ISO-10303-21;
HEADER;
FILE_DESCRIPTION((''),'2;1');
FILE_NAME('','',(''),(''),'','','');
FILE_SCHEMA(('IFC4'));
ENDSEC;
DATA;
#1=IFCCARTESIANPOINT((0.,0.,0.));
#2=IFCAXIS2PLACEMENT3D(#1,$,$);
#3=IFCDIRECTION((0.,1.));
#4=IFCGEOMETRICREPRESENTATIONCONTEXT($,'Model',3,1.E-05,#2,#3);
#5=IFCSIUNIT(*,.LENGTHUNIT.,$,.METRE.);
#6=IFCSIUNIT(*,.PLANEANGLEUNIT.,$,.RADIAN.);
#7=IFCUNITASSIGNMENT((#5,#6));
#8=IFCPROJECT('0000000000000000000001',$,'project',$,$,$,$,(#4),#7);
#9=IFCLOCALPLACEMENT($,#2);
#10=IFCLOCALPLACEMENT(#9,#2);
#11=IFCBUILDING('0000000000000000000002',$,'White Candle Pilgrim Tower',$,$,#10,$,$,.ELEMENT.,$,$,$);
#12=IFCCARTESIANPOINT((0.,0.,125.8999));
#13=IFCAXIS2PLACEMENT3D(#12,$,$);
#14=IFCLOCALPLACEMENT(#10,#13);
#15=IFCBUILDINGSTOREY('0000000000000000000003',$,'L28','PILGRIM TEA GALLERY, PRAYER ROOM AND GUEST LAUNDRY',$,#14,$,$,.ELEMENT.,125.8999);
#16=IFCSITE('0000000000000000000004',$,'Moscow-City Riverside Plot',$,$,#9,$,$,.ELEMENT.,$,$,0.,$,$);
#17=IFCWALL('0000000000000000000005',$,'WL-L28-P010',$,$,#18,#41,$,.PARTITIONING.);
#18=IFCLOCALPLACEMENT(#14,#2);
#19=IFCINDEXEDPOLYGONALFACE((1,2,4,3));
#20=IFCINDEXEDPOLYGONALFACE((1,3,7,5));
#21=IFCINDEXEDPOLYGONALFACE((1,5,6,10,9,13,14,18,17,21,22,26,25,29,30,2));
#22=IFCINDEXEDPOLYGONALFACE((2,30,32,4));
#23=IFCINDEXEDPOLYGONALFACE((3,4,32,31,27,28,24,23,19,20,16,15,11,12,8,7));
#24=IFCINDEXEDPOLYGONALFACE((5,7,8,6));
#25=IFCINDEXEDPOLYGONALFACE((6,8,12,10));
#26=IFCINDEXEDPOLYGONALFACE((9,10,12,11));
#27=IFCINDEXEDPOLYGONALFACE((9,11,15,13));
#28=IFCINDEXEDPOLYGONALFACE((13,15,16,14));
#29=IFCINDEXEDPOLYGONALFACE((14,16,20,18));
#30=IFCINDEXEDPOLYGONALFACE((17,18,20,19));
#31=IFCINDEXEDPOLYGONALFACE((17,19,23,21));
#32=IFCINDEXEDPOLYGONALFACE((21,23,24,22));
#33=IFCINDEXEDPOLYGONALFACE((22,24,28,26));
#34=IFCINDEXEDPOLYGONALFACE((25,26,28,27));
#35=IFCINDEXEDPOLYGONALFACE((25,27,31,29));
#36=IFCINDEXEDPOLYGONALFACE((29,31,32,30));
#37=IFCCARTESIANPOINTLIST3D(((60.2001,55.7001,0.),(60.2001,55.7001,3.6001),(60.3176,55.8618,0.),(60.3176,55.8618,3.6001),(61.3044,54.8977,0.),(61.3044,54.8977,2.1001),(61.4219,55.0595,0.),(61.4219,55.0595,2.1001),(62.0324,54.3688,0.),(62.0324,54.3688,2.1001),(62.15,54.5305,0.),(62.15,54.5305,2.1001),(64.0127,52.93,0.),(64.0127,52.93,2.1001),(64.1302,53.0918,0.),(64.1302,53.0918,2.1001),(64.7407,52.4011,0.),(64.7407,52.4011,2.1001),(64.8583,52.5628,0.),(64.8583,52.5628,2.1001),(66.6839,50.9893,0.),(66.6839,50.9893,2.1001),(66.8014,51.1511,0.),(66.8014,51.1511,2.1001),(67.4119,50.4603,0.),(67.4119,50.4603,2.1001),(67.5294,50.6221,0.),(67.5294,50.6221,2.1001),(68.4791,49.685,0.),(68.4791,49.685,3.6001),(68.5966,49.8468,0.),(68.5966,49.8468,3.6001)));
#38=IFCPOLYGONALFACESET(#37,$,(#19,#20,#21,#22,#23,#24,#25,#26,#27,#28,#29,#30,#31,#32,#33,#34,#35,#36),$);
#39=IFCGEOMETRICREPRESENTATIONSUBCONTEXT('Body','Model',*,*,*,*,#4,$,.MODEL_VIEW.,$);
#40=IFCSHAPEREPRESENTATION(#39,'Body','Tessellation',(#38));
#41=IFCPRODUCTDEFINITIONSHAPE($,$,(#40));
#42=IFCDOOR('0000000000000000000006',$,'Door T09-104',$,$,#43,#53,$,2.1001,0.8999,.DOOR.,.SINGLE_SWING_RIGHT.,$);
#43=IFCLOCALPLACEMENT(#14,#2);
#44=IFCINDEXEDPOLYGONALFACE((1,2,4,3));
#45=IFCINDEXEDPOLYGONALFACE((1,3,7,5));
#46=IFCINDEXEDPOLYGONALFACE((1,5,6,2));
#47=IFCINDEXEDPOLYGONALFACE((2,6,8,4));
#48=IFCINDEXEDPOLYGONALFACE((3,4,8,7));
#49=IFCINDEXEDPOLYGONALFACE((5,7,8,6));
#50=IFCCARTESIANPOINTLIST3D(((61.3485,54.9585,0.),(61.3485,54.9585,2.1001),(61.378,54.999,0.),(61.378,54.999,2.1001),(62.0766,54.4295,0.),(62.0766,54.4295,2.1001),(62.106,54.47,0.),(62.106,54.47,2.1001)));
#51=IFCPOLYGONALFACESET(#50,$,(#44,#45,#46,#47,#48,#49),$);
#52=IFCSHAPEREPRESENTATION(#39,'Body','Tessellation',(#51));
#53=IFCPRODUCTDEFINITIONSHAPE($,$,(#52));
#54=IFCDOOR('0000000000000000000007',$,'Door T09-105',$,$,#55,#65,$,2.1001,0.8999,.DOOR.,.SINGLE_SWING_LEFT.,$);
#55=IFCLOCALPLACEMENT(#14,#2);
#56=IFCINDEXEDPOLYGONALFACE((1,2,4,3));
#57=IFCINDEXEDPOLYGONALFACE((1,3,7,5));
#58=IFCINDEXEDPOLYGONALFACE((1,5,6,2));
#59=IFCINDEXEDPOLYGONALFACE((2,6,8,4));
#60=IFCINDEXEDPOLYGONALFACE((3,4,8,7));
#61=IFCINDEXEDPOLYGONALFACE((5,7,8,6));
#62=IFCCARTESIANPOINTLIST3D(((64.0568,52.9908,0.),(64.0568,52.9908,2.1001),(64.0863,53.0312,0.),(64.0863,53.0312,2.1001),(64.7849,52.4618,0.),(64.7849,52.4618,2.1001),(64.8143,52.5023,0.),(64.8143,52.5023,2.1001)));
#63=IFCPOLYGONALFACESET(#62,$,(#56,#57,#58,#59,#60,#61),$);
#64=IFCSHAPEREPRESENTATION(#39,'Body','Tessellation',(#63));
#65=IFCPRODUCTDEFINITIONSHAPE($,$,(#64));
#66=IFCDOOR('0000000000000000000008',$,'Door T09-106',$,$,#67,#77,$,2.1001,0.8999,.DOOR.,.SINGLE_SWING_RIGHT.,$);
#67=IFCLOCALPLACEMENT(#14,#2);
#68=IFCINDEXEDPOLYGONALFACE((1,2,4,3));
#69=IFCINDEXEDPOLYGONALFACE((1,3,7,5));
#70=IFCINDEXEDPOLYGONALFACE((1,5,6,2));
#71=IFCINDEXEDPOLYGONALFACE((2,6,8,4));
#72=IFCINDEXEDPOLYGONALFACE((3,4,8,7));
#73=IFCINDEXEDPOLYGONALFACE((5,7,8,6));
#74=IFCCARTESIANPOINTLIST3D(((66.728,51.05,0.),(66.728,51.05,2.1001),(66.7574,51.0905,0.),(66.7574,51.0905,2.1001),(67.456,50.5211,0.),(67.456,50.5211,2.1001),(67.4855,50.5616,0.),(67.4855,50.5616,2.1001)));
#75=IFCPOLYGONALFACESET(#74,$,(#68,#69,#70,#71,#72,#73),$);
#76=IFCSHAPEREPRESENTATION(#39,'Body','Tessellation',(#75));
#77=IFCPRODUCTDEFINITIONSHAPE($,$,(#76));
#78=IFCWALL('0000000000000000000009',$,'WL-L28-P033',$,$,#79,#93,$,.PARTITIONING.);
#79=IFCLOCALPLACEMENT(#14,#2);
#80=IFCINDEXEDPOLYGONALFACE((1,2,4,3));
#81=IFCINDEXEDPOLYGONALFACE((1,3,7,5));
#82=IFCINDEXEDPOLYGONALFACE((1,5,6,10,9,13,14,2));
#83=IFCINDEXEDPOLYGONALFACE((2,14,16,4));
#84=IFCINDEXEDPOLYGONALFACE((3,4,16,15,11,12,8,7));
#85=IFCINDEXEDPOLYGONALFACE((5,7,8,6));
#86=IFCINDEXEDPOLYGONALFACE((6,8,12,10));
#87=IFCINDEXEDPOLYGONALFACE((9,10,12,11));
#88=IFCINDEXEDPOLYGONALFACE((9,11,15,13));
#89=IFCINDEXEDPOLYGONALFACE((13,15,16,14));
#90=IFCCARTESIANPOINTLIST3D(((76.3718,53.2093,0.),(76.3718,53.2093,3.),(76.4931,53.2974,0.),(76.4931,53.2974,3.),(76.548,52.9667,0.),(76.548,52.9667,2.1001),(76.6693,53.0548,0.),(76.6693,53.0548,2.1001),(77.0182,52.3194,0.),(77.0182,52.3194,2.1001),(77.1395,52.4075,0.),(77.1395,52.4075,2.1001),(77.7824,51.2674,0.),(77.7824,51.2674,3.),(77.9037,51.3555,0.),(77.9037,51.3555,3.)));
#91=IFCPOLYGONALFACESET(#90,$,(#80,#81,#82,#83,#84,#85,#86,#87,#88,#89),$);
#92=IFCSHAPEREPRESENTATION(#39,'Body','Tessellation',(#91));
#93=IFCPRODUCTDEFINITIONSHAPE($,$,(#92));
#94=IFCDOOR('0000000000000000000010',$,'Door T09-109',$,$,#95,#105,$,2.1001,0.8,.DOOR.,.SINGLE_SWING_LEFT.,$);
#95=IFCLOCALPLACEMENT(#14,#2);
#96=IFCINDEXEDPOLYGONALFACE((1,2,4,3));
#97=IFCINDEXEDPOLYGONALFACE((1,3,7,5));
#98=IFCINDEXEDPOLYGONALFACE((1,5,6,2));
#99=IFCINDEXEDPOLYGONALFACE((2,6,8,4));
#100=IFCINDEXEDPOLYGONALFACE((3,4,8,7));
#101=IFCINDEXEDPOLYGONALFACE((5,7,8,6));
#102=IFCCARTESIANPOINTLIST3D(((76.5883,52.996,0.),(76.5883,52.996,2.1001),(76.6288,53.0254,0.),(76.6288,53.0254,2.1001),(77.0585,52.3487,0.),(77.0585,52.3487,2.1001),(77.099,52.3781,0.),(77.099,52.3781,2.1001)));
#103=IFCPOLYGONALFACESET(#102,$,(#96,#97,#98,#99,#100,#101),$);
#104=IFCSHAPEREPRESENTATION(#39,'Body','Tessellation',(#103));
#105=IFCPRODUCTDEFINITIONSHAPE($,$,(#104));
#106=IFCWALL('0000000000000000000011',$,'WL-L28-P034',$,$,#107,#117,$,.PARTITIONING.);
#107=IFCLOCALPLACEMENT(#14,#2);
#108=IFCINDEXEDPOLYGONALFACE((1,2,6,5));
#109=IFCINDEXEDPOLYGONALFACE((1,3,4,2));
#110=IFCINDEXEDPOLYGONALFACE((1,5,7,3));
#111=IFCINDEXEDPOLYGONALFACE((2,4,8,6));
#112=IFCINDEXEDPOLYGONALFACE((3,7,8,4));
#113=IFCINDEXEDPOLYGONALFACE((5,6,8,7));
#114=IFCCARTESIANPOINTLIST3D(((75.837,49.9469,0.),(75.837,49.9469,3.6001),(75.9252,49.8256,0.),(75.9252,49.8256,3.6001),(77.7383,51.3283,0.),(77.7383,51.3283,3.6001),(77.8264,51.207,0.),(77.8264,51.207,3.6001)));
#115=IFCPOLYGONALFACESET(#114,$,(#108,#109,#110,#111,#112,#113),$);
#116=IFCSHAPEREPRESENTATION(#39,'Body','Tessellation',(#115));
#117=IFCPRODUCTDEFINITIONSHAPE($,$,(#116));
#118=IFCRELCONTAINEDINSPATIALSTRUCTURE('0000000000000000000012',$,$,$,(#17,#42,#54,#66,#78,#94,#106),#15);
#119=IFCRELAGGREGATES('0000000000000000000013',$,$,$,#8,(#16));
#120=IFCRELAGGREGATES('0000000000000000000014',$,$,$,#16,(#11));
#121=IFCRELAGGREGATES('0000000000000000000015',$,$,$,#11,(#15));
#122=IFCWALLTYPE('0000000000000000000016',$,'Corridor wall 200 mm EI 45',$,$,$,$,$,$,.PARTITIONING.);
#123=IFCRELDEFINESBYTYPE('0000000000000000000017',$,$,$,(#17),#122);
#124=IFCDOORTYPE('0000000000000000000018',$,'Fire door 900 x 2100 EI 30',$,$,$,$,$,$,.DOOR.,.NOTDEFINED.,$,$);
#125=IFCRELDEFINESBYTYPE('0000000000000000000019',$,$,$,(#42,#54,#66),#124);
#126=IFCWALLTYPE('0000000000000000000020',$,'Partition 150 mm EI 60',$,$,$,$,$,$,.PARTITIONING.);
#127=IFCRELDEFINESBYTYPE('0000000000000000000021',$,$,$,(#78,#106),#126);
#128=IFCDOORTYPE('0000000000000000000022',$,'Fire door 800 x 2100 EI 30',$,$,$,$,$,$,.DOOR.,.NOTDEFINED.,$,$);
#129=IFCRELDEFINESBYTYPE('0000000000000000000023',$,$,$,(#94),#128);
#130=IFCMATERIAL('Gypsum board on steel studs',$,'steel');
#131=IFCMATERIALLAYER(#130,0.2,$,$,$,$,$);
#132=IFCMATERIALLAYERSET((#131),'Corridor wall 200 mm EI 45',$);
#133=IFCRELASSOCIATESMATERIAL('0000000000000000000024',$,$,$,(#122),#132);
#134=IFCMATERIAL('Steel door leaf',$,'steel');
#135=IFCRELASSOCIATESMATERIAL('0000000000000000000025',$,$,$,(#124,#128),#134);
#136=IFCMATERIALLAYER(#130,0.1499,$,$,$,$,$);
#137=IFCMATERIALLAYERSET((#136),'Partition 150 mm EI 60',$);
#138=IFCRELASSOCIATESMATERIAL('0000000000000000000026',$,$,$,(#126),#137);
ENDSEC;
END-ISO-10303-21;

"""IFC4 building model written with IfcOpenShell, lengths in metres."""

from ifc_helpers import new_model, si_unit, direction, frame, frame_2d, origin, place, context, subcontext, project, spatial, rectangle, extrude, material, layer, layer_set, type_object, element, fill, save


model = new_model("IFC4")

# Units and contexts
model_context = context("Model", 3, precision=1e-05, world=origin(), true_north=direction((0.0, 1.0)))
body_context = subcontext(model_context, "Body", "Model", "MODEL_VIEW")
ifc_project = project(units=[si_unit("LENGTHUNIT", "METRE"), si_unit("PLANEANGLEUNIT", "RADIAN")], contexts=[model_context])

# Site, building, storey
site_placement = place(None, origin())
site = spatial("IfcSite", under=ifc_project, at=site_placement, Name="Moscow-City Riverside Plot", CompositionType="ELEMENT", RefElevation=0.0)
building_placement = place(site_placement, origin())
building = spatial("IfcBuilding", under=site, at=building_placement, Name="White Candle Pilgrim Tower", CompositionType="ELEMENT")
storey_placement = place(building_placement, frame((0.0, 0.0, 125.8999)))
storey = spatial("IfcBuildingStorey", under=building, at=storey_placement, Name="L28", Description="PILGRIM TEA GALLERY, PRAYER ROOM AND GUEST LAUNDRY", CompositionType="ELEMENT", Elevation=125.8999)

# Shared definitions
ifc_material_1 = material(Name="Gypsum board on steel studs", Category="steel")
ifc_layer_1 = layer(ifc_material_1, 0.2)
ifc_layer_set_1 = layer_set([ifc_layer_1], Name="Corridor wall 200 mm EI 45")
wall_type_1 = type_object("IfcWallType", Name="Corridor wall 200 mm EI 45", PredefinedType="PARTITIONING", material=ifc_layer_set_1)
ifc_material_2 = material(Name="Steel door leaf", Category="steel")
door_type_1 = type_object("IfcDoorType", Name="Fire door 900 x 2100 EI 30", OperationType="NOTDEFINED", PredefinedType="DOOR", material=ifc_material_2)

# Wall, openings, doors
wall_1_placement = place(storey_placement, frame((68.5378, 49.7659, 0.0), z_axis=(0.0, 0.0, 1.0), x_axis=(-0.809015, 0.587789, 0.0)))
wall_1 = element("IfcWall", 1, at=wall_1_placement, inside=storey, type_object=wall_type_1, Name="WL-L28-P010", PredefinedType="PARTITIONING", context=body_context, shape_type="SweptSolid", body=[
    extrude(rectangle(XDim=10.2334, YDim=0.2, at=frame_2d((5.1167, 0.0))), origin(), (0.0, 0.0, 1.0), 3.6001),
])
opening_1_placement = place(wall_1_placement, frame((7.9685, 0.0, 0.0)))
opening_1 = element("IfcOpeningElement", 2, at=opening_1_placement, cuts=wall_1, PredefinedType="OPENING", context=body_context, shape_type="SweptSolid", body=[
    extrude(rectangle(XDim=0.8999, YDim=2.1001, at=frame_2d((0.45, 1.05))), frame((0.0, 0.1099, 0.0), z_axis=(0.0, -1.0, 0.0), x_axis=(1.0, 0.0, 0.0)), (0.0, 0.0, 1.0), 0.22),
])
opening_2_placement = place(wall_1_placement, frame((4.6208, 0.0, 0.0)))
opening_2 = element("IfcOpeningElement", 3, at=opening_2_placement, cuts=wall_1, PredefinedType="OPENING", context=body_context, shape_type="SweptSolid", body=[
    extrude(rectangle(XDim=0.8999, YDim=2.1001, at=frame_2d((0.45, 1.05))), frame((0.0, 0.1099, 0.0), z_axis=(0.0, -1.0, 0.0), x_axis=(1.0, 0.0, 0.0)), (0.0, 0.0, 1.0), 0.22),
])
opening_3_placement = place(wall_1_placement, frame((1.3191, 0.0, 0.0)))
opening_3 = element("IfcOpeningElement", 4, at=opening_3_placement, cuts=wall_1, PredefinedType="OPENING", context=body_context, shape_type="SweptSolid", body=[
    extrude(rectangle(XDim=0.8999, YDim=2.1001, at=frame_2d((0.45, 1.05))), frame((0.0, 0.1099, 0.0), z_axis=(0.0, -1.0, 0.0), x_axis=(1.0, 0.0, 0.0)), (0.0, 0.0, 1.0), 0.22),
])
door_1_placement = place(opening_1_placement, origin())
door_1 = element("IfcDoor", 5, at=door_1_placement, inside=storey, type_object=door_type_1, Name="Door T09-104", OperationType="SINGLE_SWING_RIGHT", OverallHeight=2.1001, OverallWidth=0.8999, PredefinedType="DOOR", context=body_context, shape_type="SweptSolid", body=[
    extrude(rectangle(XDim=0.8999, YDim=2.1001, at=frame_2d((0.45, 1.05))), frame((0.0, 0.0249, 0.0), z_axis=(0.0, -1.0, 0.0), x_axis=(1.0, 0.0, 0.0)), (0.0, 0.0, 1.0), 0.05),
])
fill(opening_1, door_1)
door_2_placement = place(opening_2_placement, origin())
door_2 = element("IfcDoor", 6, at=door_2_placement, inside=storey, type_object=door_type_1, Name="Door T09-105", OperationType="SINGLE_SWING_LEFT", OverallHeight=2.1001, OverallWidth=0.8999, PredefinedType="DOOR", context=body_context, shape_type="SweptSolid", body=[
    extrude(rectangle(XDim=0.8999, YDim=2.1001, at=frame_2d((0.45, 1.05))), frame((0.0, 0.0249, 0.0), z_axis=(0.0, -1.0, 0.0), x_axis=(1.0, 0.0, 0.0)), (0.0, 0.0, 1.0), 0.05),
])
fill(opening_2, door_2)
door_3_placement = place(opening_3_placement, origin())
door_3 = element("IfcDoor", 7, at=door_3_placement, inside=storey, type_object=door_type_1, Name="Door T09-106", OperationType="SINGLE_SWING_RIGHT", OverallHeight=2.1001, OverallWidth=0.8999, PredefinedType="DOOR", context=body_context, shape_type="SweptSolid", body=[
    extrude(rectangle(XDim=0.8999, YDim=2.1001, at=frame_2d((0.45, 1.05))), frame((0.0, 0.0249, 0.0), z_axis=(0.0, -1.0, 0.0), x_axis=(1.0, 0.0, 0.0)), (0.0, 0.0, 1.0), 0.05),
])
fill(opening_3, door_3)

# Wall, opening, door
ifc_layer_2 = layer(ifc_material_1, 0.1499)
ifc_layer_set_2 = layer_set([ifc_layer_2], Name="Partition 150 mm EI 60")
wall_type_2 = type_object("IfcWallType", Name="Partition 150 mm EI 60", PredefinedType="PARTITIONING", material=ifc_layer_set_2)
wall_2_placement = place(storey_placement, frame((76.4324, 53.2534, 0.0), z_axis=(0.0, 0.0, 1.0), x_axis=(0.587724, -0.809061, 0.0)))
wall_2 = element("IfcWall", 8, at=wall_2_placement, inside=storey, type_object=wall_type_2, Name="WL-L28-P033", PredefinedType="PARTITIONING", context=body_context, shape_type="SweptSolid", body=[
    extrude(rectangle(XDim=2.4001, YDim=0.1499, at=frame_2d((1.2002, 0.0))), origin(), (0.0, 0.0, 1.0), 3.0),
])
opening_4_placement = place(wall_2_placement, frame((0.3, 0.0, 0.0)))
opening_4 = element("IfcOpeningElement", 9, at=opening_4_placement, cuts=wall_2, PredefinedType="OPENING", context=body_context, shape_type="SweptSolid", body=[
    extrude(rectangle(XDim=0.8, YDim=2.1001, at=frame_2d((0.3999, 1.05))), frame((0.0, 0.085, 0.0), z_axis=(0.0, -1.0, 0.0), x_axis=(1.0, 0.0, 0.0)), (0.0, 0.0, 1.0), 0.1699),
])
door_type_2 = type_object("IfcDoorType", Name="Fire door 800 x 2100 EI 30", OperationType="NOTDEFINED", PredefinedType="DOOR", material=ifc_material_2)
door_4_placement = place(opening_4_placement, origin())
door_4 = element("IfcDoor", 10, at=door_4_placement, inside=storey, type_object=door_type_2, Name="Door T09-109", OperationType="SINGLE_SWING_LEFT", OverallHeight=2.1001, OverallWidth=0.8, PredefinedType="DOOR", context=body_context, shape_type="SweptSolid", body=[
    extrude(rectangle(XDim=0.8, YDim=2.1001, at=frame_2d((0.3999, 1.05))), frame((0.0, 0.0249, 0.0), z_axis=(0.0, -1.0, 0.0), x_axis=(1.0, 0.0, 0.0)), (0.0, 0.0, 1.0), 0.05),
])
fill(opening_4, door_4)

# Wall
wall_3_placement = place(storey_placement, frame((75.8811, 49.8862, 0.0), z_axis=(0.0, 0.0, 1.0), x_axis=(0.808997, 0.587813, 0.0)))
element("IfcWall", 11, at=wall_3_placement, inside=storey, type_object=wall_type_2, Name="WL-L28-P034", PredefinedType="PARTITIONING", context=body_context, shape_type="SweptSolid", body=[
    extrude(rectangle(XDim=2.3501, YDim=0.1499, at=frame_2d((1.175, 0.0))), origin(), (0.0, 0.0, 1.0), 3.6001),
])

save(model, "model.ifc")
